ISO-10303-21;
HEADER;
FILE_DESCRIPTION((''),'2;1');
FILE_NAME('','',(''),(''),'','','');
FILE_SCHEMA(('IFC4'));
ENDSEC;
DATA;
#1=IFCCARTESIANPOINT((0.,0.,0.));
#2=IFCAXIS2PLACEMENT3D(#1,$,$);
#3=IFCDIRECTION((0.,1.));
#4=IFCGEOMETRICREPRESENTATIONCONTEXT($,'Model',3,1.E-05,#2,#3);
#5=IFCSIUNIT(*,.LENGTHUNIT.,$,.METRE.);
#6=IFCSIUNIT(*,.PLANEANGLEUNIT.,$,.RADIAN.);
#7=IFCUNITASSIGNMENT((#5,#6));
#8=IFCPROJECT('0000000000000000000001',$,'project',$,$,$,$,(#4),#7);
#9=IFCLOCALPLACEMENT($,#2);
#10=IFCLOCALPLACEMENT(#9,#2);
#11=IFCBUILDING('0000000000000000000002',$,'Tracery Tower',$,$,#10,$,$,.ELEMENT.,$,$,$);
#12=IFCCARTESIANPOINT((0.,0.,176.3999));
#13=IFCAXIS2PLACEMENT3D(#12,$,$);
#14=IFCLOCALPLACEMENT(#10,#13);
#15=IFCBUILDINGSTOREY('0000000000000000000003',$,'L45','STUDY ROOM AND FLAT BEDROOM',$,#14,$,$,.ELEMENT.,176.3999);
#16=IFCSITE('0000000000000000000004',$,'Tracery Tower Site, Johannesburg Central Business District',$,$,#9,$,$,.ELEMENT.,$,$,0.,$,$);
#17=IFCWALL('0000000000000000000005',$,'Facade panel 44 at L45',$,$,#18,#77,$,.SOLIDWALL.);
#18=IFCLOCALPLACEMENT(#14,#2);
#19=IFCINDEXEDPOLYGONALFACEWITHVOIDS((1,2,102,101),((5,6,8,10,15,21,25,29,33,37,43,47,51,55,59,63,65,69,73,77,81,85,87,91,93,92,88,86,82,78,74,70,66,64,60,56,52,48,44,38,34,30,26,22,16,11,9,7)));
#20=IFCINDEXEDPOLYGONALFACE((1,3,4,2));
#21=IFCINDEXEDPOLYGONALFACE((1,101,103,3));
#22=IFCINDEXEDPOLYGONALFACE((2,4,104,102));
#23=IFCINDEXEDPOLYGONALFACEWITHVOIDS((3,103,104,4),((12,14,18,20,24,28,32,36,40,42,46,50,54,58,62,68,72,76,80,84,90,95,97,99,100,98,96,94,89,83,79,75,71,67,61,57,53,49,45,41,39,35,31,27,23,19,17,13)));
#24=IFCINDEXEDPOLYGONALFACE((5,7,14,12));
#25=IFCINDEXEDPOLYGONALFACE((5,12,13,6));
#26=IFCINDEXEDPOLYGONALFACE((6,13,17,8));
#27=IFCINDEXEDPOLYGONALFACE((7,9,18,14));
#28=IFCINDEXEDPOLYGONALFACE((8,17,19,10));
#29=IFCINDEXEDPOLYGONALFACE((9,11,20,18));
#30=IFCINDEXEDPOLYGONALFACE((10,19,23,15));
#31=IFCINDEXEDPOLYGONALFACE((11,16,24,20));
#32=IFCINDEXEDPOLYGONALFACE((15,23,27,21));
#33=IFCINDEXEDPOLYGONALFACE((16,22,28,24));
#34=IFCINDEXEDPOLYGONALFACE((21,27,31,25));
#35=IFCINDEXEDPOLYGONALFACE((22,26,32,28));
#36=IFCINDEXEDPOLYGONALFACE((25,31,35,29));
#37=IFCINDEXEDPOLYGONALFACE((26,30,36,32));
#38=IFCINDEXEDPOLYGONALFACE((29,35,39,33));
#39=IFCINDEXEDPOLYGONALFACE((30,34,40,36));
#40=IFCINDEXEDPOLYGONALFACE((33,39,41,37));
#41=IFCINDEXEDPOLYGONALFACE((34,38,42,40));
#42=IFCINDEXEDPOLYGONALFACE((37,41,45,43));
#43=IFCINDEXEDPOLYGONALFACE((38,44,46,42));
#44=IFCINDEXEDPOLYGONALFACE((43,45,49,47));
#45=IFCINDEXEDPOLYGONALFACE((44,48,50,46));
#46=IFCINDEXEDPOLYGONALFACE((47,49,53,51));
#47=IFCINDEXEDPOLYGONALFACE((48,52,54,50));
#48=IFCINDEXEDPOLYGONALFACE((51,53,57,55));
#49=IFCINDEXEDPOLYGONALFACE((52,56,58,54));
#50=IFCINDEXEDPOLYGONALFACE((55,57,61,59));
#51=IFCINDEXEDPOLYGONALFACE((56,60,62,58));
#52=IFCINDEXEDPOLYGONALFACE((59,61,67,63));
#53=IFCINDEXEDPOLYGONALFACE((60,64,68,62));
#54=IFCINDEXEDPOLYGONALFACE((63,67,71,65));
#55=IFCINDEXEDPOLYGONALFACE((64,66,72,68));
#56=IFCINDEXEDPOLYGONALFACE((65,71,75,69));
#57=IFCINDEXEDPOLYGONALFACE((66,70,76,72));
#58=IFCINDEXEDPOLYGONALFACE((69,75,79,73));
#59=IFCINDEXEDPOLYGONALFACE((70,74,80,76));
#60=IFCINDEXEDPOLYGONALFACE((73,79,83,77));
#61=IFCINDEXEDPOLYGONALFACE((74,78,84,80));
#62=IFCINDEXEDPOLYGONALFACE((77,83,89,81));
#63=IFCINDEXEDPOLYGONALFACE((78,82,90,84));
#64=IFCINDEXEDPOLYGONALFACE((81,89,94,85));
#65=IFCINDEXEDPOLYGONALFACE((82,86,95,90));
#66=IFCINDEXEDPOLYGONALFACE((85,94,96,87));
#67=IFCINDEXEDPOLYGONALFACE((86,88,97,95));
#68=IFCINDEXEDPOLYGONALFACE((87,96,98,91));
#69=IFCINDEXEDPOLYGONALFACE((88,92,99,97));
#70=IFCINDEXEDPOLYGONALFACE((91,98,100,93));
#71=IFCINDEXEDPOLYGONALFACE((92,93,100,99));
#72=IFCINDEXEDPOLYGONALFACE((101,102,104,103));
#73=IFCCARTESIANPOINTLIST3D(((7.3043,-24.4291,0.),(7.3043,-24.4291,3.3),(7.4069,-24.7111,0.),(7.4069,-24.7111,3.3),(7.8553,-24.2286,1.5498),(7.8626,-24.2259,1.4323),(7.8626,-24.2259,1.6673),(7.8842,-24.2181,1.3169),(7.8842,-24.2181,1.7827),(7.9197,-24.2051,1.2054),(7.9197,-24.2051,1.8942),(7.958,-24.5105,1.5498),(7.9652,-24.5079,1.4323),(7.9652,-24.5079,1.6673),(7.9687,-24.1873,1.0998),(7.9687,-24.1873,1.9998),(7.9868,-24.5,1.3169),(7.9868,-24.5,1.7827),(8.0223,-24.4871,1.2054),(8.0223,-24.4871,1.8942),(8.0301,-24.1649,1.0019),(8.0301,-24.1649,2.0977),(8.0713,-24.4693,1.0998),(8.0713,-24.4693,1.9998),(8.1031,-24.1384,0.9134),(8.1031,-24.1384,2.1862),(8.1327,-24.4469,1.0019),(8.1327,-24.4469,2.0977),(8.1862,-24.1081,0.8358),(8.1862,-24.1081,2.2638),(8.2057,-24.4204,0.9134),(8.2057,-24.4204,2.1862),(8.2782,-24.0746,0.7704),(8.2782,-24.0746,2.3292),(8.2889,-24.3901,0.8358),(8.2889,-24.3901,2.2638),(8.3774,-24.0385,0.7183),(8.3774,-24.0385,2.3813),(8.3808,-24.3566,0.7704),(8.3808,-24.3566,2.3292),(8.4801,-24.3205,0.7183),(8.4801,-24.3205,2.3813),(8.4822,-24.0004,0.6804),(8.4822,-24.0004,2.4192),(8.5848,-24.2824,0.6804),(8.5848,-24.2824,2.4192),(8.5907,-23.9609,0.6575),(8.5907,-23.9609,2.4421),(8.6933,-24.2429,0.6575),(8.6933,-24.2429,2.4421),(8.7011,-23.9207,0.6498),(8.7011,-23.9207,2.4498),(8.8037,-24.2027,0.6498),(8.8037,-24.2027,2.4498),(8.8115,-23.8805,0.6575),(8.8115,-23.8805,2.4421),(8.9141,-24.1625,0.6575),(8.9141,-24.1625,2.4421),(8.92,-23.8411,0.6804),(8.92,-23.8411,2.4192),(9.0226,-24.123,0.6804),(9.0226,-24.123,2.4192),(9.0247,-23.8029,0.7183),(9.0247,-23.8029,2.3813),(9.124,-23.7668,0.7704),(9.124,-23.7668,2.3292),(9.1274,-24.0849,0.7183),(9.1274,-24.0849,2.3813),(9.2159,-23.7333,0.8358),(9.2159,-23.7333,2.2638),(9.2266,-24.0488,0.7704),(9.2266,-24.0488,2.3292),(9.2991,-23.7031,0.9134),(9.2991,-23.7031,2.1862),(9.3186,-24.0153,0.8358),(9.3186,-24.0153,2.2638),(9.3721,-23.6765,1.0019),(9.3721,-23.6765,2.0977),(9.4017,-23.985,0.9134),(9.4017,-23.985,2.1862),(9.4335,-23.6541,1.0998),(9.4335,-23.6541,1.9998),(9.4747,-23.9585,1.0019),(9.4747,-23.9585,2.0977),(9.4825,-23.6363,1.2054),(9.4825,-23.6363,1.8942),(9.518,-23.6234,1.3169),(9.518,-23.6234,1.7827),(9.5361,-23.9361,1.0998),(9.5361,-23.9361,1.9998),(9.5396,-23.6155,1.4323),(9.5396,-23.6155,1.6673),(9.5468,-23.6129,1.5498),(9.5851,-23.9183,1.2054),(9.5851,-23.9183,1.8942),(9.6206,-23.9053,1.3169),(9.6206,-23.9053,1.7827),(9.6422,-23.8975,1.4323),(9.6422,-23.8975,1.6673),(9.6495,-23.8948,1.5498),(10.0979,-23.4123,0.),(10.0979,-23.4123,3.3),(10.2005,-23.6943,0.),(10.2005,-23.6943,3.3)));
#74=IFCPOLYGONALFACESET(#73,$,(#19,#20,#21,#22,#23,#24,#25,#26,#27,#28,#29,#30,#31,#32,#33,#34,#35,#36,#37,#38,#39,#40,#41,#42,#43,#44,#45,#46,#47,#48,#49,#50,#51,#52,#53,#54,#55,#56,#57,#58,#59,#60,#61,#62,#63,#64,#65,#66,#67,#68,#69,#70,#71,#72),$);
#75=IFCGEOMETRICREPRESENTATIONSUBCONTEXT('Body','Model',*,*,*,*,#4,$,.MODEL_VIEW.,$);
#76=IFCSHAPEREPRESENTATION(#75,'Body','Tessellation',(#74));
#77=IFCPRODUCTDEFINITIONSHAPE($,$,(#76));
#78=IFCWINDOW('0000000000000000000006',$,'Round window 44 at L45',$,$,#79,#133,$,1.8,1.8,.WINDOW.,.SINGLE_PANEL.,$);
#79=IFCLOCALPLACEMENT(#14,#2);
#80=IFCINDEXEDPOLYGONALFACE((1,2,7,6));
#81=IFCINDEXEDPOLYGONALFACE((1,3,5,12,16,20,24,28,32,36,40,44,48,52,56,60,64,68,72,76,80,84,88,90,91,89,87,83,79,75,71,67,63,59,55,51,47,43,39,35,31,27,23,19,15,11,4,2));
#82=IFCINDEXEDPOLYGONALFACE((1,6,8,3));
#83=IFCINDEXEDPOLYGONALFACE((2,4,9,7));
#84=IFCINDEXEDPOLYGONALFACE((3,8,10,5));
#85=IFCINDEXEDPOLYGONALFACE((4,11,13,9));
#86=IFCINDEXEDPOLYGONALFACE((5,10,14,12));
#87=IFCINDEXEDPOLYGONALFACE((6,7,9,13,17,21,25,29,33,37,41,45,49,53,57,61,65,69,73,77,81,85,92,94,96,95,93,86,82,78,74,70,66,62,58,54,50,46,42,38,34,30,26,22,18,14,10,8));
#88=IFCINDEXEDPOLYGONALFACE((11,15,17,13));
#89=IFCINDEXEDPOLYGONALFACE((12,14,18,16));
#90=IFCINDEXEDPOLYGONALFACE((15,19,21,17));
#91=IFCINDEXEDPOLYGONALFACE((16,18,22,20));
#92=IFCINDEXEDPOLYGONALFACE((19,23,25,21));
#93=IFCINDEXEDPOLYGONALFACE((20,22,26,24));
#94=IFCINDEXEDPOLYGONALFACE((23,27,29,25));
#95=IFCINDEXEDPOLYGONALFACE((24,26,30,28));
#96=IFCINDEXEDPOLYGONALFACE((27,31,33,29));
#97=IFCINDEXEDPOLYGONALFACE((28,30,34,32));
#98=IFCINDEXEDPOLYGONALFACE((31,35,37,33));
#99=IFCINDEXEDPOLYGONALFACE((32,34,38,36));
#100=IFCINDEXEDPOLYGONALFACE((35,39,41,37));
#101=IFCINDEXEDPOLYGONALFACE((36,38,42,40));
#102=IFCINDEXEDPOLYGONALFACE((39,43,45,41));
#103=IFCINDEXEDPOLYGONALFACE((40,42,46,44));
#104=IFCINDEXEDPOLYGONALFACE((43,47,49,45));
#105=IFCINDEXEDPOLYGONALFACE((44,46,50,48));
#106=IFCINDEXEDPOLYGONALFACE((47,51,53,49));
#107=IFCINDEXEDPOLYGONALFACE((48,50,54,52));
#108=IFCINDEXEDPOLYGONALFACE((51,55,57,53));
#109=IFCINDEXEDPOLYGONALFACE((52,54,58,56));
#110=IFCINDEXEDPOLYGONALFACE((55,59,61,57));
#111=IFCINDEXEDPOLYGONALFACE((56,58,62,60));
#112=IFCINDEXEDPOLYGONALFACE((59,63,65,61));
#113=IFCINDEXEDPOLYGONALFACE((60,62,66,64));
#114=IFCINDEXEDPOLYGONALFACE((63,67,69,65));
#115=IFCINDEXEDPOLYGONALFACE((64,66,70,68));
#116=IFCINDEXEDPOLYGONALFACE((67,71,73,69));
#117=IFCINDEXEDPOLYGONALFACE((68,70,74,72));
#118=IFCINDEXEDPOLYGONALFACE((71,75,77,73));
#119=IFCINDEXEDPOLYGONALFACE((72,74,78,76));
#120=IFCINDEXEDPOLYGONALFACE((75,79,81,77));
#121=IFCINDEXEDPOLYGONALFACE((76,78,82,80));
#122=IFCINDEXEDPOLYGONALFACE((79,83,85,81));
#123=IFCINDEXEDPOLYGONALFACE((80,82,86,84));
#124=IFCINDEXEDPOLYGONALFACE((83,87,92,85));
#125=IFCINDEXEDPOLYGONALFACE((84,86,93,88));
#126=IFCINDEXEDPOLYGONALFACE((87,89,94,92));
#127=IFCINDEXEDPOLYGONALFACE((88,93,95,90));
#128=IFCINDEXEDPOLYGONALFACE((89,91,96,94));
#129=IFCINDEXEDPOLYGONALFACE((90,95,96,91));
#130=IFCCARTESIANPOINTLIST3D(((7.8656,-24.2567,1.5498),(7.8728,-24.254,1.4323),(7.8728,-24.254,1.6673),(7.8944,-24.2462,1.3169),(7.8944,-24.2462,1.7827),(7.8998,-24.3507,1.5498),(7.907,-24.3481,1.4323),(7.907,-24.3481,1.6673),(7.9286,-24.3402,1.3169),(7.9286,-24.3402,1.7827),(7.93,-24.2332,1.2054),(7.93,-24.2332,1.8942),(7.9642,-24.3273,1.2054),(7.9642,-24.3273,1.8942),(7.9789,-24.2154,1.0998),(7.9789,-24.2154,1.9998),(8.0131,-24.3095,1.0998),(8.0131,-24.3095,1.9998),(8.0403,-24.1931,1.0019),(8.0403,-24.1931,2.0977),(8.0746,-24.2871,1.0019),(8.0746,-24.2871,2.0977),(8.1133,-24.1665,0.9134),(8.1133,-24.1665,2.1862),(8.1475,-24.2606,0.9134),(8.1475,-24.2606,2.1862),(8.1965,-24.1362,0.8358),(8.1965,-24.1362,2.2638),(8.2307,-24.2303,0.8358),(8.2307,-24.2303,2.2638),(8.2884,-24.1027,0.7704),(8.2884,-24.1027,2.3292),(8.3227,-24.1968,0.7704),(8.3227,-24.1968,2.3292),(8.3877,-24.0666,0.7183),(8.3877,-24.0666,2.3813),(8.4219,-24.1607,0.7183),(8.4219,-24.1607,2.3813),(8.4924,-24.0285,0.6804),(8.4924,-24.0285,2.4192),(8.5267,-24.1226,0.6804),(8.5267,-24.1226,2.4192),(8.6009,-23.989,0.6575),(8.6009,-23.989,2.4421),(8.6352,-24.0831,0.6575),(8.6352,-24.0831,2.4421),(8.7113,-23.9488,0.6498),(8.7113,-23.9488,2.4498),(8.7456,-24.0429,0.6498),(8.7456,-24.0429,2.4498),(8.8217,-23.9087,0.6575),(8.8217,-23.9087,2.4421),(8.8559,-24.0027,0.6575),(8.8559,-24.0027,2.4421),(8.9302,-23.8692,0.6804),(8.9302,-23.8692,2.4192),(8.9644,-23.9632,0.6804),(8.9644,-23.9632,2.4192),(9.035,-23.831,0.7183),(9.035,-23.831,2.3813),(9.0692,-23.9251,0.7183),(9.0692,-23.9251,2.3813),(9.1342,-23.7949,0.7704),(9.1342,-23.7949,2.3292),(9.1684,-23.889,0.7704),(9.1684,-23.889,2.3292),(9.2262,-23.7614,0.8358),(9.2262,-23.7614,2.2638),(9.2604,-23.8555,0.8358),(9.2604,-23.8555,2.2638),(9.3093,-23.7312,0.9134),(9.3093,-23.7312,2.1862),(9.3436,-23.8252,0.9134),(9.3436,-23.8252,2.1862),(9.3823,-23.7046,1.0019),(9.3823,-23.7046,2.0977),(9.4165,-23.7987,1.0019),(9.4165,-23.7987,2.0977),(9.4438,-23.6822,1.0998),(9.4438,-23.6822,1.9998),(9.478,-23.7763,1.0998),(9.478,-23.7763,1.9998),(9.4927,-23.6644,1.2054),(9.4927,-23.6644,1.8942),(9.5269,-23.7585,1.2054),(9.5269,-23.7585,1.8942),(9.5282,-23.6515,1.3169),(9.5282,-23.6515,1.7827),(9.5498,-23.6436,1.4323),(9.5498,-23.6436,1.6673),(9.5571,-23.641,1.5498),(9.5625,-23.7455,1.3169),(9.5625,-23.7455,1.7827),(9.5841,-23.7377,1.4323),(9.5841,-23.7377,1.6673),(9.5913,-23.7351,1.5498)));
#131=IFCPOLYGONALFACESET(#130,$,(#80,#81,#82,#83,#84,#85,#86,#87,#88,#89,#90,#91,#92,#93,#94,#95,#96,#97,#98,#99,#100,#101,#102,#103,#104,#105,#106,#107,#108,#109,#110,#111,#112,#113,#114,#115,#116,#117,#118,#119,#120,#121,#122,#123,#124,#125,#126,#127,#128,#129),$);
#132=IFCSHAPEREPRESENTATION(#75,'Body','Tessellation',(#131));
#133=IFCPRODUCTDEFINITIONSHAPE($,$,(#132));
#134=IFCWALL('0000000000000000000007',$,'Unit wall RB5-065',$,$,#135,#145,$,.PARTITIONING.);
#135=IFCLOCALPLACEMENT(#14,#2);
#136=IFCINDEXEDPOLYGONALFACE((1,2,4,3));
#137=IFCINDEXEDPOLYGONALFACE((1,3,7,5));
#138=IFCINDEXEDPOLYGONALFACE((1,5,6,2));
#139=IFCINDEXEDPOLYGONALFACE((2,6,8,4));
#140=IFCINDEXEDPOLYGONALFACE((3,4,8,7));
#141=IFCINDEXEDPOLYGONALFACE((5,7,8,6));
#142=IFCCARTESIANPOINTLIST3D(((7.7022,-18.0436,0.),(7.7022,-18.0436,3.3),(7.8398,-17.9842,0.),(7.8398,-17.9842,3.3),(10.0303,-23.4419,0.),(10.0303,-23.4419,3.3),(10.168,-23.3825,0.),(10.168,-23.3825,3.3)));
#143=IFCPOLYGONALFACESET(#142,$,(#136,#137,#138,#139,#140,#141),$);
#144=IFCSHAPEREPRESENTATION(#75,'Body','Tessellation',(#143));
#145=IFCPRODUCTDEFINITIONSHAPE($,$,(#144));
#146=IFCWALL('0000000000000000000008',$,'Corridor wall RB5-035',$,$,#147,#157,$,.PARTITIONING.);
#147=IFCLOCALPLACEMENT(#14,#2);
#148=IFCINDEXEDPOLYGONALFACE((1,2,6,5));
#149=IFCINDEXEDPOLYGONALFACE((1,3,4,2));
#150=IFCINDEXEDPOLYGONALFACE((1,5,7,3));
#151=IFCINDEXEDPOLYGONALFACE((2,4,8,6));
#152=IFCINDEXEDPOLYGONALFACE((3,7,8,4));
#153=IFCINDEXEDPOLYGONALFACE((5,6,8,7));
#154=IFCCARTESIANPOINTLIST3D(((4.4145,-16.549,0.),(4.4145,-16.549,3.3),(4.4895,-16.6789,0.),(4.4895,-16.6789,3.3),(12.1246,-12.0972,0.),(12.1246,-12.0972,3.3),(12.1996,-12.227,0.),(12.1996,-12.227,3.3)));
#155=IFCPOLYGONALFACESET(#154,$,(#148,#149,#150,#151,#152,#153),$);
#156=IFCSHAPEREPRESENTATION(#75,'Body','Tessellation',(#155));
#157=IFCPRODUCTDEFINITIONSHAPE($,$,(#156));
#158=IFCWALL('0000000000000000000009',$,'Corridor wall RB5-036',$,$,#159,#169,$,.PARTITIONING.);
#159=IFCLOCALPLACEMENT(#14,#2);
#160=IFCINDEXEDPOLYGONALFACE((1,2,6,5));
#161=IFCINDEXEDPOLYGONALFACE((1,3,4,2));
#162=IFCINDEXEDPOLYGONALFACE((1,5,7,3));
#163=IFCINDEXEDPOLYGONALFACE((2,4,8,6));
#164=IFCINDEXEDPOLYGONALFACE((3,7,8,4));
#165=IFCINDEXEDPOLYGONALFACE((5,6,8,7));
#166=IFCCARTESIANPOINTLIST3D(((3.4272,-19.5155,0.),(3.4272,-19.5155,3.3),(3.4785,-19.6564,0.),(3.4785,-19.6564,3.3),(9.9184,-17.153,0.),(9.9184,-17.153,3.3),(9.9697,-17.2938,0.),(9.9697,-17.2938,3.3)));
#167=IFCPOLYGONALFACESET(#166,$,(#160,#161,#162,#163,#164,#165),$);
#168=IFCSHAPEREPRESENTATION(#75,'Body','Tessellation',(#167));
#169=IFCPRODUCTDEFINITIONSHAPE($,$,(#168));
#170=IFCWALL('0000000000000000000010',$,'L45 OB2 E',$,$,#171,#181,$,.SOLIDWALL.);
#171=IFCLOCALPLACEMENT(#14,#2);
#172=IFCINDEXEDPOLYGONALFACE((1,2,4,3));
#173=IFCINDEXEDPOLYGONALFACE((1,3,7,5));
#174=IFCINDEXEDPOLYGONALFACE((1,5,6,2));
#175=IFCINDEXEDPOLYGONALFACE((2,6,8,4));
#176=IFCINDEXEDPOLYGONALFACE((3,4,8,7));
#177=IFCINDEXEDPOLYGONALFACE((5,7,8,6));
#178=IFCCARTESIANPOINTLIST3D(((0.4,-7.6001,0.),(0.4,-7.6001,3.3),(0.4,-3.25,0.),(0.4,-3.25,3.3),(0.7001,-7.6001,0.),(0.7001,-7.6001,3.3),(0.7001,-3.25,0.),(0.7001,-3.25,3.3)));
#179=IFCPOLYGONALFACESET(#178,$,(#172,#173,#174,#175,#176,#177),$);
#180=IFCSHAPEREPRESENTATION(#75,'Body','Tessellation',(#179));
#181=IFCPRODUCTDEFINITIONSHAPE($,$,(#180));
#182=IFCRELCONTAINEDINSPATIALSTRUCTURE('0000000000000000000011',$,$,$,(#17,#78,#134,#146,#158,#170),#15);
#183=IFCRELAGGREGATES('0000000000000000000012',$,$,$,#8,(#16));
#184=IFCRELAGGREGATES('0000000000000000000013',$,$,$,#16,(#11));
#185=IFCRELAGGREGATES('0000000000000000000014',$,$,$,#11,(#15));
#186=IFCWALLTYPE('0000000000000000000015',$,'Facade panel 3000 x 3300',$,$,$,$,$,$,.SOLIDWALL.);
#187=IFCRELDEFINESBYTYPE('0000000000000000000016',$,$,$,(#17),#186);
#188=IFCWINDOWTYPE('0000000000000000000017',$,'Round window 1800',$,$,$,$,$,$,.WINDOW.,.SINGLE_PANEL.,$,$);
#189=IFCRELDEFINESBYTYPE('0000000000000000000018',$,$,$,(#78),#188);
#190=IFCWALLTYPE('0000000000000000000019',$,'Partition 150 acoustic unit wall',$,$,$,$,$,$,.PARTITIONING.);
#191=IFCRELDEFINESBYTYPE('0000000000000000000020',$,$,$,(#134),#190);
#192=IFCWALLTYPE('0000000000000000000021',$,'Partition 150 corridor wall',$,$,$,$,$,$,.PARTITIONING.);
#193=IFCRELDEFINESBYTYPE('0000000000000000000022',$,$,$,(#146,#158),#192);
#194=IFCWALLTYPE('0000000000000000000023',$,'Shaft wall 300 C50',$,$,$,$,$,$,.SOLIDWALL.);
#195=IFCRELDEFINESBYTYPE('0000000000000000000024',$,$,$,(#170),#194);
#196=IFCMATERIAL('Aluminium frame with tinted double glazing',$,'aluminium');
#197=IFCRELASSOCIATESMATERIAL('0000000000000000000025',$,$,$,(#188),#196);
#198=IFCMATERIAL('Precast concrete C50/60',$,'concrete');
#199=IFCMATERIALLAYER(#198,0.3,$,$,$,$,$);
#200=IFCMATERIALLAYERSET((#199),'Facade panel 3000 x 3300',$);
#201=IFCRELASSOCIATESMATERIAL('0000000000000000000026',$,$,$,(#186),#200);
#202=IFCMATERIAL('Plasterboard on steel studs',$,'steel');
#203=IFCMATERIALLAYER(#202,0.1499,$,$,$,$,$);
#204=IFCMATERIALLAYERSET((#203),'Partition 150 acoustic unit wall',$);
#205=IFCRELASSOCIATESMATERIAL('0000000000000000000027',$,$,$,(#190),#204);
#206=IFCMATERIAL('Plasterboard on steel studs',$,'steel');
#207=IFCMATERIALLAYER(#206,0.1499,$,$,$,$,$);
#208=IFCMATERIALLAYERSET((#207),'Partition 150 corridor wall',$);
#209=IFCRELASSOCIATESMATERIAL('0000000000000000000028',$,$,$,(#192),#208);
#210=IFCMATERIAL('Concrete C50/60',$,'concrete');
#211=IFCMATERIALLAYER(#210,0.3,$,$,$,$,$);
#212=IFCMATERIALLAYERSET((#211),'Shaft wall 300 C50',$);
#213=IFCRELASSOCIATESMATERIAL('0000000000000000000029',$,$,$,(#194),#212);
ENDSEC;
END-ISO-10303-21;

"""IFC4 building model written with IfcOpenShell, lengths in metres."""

from ifc_helpers import new_model, si_unit, direction, frame, frame_2d, origin, origin_2d, place, context, subcontext, project, spatial, rectangle, circle, extrude, material, layer, layer_set, type_object, element, fill, save


model = new_model("IFC4")

# Units and contexts
model_context = context("Model", 3, precision=1e-05, world=origin(), true_north=direction((0.0, 1.0)))
body_context = subcontext(model_context, "Body", "Model", "MODEL_VIEW")
ifc_project = project(units=[si_unit("LENGTHUNIT", "METRE"), si_unit("PLANEANGLEUNIT", "RADIAN")], contexts=[model_context])

# Site, building, storey
site_placement = place(None, origin())
site = spatial("IfcSite", under=ifc_project, at=site_placement, Name="Tracery Tower Site, Johannesburg Central Business District", CompositionType="ELEMENT", RefElevation=0.0)
building_placement = place(site_placement, origin())
building = spatial("IfcBuilding", under=site, at=building_placement, Name="Tracery Tower", CompositionType="ELEMENT")
storey_placement = place(building_placement, frame((0.0, 0.0, 176.3999)))
storey = spatial("IfcBuildingStorey", under=building, at=storey_placement, Name="L45", Description="STUDY ROOM AND FLAT BEDROOM", CompositionType="ELEMENT", Elevation=176.3999)

# Wall, opening, window
ifc_material_1 = material(Name="Aluminium frame with tinted double glazing", Category="aluminium")
window_type = type_object("IfcWindowType", Name="Round window 1800", PartitioningType="SINGLE_PANEL", PredefinedType="WINDOW", material=ifc_material_1)
ifc_material_2 = material(Name="Precast concrete C50/60", Category="concrete")
ifc_layer_1 = layer(ifc_material_2, 0.3)
ifc_layer_set_1 = layer_set([ifc_layer_1], Name="Facade panel 3000 x 3300")
wall_type_1 = type_object("IfcWallType", Name="Facade panel 3000 x 3300", PredefinedType="SOLIDWALL", material=ifc_layer_set_1)
wall_1_placement = place(storey_placement, frame((7.3557, -24.5701, 0.0), z_axis=(0.0, 0.0, 1.0), x_axis=(0.93969, 0.342027, 0.0)))
wall_1 = element("IfcWall", 1, at=wall_1_placement, inside=storey, type_object=wall_type_1, Name="Facade panel 44 at L45", PredefinedType="SOLIDWALL", context=body_context, shape_type="SweptSolid", body=[
    extrude(rectangle(XDim=2.9729, YDim=0.3, at=frame_2d((1.4863, 0.0))), origin(), (0.0, 0.0, 1.0), 3.3),
])
opening_1_placement = place(wall_1_placement, frame((1.4863, 0.0, 1.5498)))
opening_1 = element("IfcOpeningElement", 2, at=opening_1_placement, cuts=wall_1, PredefinedType="OPENING", context=body_context, shape_type="SweptSolid", body=[
    extrude(circle(Radius=0.9, at=origin_2d()), frame((0.0, 0.1599, 0.0), z_axis=(0.0, -1.0, 0.0), x_axis=(1.0, 0.0, 0.0)), (0.0, 0.0, 1.0), 0.3201),
])
window_1_placement = place(opening_1_placement, origin())
window_1 = element("IfcWindow", 3, at=window_1_placement, inside=storey, type_object=window_type, Name="Round window 44 at L45", OverallHeight=1.8, OverallWidth=1.8, PartitioningType="SINGLE_PANEL", PredefinedType="WINDOW", context=body_context, shape_type="SweptSolid", body=[
    extrude(circle(Radius=0.9, at=origin_2d()), frame((0.0, 0.1201, 0.0), z_axis=(0.0, -1.0, 0.0), x_axis=(1.0, 0.0, 0.0)), (0.0, 0.0, 1.0), 0.1001),
])
fill(opening_1, window_1)

# Walls
ifc_material_3 = material(Name="Plasterboard on steel studs", Category="steel")
ifc_layer_2 = layer(ifc_material_3, 0.1499)
ifc_layer_set_2 = layer_set([ifc_layer_2], Name="Partition 150 acoustic unit wall")
wall_type_2 = type_object("IfcWallType", Name="Partition 150 acoustic unit wall", PredefinedType="PARTITIONING", material=ifc_layer_set_2)
wall_2_placement = place(storey_placement, frame((7.771, -18.0139, 0.0), z_axis=(0.0, 0.0, 1.0), x_axis=(0.396018, -0.918243, 0.0)))
element("IfcWall", 4, at=wall_2_placement, inside=storey, type_object=wall_type_2, Name="Unit wall RB5-065", PredefinedType="PARTITIONING", context=body_context, shape_type="SweptSolid", body=[
    extrude(rectangle(XDim=5.8789, YDim=0.1499, at=frame_2d((2.9395, 0.0))), origin(), (0.0, 0.0, 1.0), 3.3),
])
ifc_material_4 = material(Name="Plasterboard on steel studs", Category="steel")
ifc_layer_3 = layer(ifc_material_4, 0.1499)
ifc_layer_set_3 = layer_set([ifc_layer_3], Name="Partition 150 corridor wall")
wall_type_3 = type_object("IfcWallType", Name="Partition 150 corridor wall", PredefinedType="PARTITIONING", material=ifc_layer_set_3)
wall_3_placement = place(storey_placement, frame((4.4519, -16.614, 0.0), z_axis=(0.0, 0.0, 1.0), x_axis=(0.866005, 0.500035, 0.0)))
element("IfcWall", 5, at=wall_3_placement, inside=storey, type_object=wall_type_3, Name="Corridor wall RB5-035", PredefinedType="PARTITIONING", context=body_context, shape_type="SweptSolid", body=[
    extrude(rectangle(XDim=8.9031, YDim=0.1499, at=frame_2d((4.4517, 0.0))), origin(), (0.0, 0.0, 1.0), 3.3),
])
wall_4_placement = place(storey_placement, frame((3.4529, -19.5859, 0.0), z_axis=(0.0, 0.0, 1.0), x_axis=(0.939695, 0.342013, 0.0)))
element("IfcWall", 6, at=wall_4_placement, inside=storey, type_object=wall_type_3, Name="Corridor wall RB5-036", PredefinedType="PARTITIONING", context=body_context, shape_type="SweptSolid", body=[
    extrude(rectangle(XDim=6.9077, YDim=0.1499, at=frame_2d((3.4539, 0.0))), origin(), (0.0, 0.0, 1.0), 3.3),
])
ifc_material_5 = material(Name="Concrete C50/60", Category="concrete")
ifc_layer_4 = layer(ifc_material_5, 0.3)
ifc_layer_set_4 = layer_set([ifc_layer_4], Name="Shaft wall 300 C50")
wall_type_4 = type_object("IfcWallType", Name="Shaft wall 300 C50", PredefinedType="SOLIDWALL", material=ifc_layer_set_4)
wall_5_placement = place(storey_placement, frame((0.55, -7.6001, 0.0), z_axis=(0.0, 0.0, 1.0), x_axis=(0.0, 1.0, 0.0)))
element("IfcWall", 7, at=wall_5_placement, inside=storey, type_object=wall_type_4, Name="L45 OB2 E", PredefinedType="SOLIDWALL", context=body_context, shape_type="SweptSolid", body=[
    extrude(rectangle(XDim=4.3501, YDim=0.3, at=frame_2d((2.175, 0.0))), origin(), (0.0, 0.0, 1.0), 3.3),
])

save(model, "model.ifc")
